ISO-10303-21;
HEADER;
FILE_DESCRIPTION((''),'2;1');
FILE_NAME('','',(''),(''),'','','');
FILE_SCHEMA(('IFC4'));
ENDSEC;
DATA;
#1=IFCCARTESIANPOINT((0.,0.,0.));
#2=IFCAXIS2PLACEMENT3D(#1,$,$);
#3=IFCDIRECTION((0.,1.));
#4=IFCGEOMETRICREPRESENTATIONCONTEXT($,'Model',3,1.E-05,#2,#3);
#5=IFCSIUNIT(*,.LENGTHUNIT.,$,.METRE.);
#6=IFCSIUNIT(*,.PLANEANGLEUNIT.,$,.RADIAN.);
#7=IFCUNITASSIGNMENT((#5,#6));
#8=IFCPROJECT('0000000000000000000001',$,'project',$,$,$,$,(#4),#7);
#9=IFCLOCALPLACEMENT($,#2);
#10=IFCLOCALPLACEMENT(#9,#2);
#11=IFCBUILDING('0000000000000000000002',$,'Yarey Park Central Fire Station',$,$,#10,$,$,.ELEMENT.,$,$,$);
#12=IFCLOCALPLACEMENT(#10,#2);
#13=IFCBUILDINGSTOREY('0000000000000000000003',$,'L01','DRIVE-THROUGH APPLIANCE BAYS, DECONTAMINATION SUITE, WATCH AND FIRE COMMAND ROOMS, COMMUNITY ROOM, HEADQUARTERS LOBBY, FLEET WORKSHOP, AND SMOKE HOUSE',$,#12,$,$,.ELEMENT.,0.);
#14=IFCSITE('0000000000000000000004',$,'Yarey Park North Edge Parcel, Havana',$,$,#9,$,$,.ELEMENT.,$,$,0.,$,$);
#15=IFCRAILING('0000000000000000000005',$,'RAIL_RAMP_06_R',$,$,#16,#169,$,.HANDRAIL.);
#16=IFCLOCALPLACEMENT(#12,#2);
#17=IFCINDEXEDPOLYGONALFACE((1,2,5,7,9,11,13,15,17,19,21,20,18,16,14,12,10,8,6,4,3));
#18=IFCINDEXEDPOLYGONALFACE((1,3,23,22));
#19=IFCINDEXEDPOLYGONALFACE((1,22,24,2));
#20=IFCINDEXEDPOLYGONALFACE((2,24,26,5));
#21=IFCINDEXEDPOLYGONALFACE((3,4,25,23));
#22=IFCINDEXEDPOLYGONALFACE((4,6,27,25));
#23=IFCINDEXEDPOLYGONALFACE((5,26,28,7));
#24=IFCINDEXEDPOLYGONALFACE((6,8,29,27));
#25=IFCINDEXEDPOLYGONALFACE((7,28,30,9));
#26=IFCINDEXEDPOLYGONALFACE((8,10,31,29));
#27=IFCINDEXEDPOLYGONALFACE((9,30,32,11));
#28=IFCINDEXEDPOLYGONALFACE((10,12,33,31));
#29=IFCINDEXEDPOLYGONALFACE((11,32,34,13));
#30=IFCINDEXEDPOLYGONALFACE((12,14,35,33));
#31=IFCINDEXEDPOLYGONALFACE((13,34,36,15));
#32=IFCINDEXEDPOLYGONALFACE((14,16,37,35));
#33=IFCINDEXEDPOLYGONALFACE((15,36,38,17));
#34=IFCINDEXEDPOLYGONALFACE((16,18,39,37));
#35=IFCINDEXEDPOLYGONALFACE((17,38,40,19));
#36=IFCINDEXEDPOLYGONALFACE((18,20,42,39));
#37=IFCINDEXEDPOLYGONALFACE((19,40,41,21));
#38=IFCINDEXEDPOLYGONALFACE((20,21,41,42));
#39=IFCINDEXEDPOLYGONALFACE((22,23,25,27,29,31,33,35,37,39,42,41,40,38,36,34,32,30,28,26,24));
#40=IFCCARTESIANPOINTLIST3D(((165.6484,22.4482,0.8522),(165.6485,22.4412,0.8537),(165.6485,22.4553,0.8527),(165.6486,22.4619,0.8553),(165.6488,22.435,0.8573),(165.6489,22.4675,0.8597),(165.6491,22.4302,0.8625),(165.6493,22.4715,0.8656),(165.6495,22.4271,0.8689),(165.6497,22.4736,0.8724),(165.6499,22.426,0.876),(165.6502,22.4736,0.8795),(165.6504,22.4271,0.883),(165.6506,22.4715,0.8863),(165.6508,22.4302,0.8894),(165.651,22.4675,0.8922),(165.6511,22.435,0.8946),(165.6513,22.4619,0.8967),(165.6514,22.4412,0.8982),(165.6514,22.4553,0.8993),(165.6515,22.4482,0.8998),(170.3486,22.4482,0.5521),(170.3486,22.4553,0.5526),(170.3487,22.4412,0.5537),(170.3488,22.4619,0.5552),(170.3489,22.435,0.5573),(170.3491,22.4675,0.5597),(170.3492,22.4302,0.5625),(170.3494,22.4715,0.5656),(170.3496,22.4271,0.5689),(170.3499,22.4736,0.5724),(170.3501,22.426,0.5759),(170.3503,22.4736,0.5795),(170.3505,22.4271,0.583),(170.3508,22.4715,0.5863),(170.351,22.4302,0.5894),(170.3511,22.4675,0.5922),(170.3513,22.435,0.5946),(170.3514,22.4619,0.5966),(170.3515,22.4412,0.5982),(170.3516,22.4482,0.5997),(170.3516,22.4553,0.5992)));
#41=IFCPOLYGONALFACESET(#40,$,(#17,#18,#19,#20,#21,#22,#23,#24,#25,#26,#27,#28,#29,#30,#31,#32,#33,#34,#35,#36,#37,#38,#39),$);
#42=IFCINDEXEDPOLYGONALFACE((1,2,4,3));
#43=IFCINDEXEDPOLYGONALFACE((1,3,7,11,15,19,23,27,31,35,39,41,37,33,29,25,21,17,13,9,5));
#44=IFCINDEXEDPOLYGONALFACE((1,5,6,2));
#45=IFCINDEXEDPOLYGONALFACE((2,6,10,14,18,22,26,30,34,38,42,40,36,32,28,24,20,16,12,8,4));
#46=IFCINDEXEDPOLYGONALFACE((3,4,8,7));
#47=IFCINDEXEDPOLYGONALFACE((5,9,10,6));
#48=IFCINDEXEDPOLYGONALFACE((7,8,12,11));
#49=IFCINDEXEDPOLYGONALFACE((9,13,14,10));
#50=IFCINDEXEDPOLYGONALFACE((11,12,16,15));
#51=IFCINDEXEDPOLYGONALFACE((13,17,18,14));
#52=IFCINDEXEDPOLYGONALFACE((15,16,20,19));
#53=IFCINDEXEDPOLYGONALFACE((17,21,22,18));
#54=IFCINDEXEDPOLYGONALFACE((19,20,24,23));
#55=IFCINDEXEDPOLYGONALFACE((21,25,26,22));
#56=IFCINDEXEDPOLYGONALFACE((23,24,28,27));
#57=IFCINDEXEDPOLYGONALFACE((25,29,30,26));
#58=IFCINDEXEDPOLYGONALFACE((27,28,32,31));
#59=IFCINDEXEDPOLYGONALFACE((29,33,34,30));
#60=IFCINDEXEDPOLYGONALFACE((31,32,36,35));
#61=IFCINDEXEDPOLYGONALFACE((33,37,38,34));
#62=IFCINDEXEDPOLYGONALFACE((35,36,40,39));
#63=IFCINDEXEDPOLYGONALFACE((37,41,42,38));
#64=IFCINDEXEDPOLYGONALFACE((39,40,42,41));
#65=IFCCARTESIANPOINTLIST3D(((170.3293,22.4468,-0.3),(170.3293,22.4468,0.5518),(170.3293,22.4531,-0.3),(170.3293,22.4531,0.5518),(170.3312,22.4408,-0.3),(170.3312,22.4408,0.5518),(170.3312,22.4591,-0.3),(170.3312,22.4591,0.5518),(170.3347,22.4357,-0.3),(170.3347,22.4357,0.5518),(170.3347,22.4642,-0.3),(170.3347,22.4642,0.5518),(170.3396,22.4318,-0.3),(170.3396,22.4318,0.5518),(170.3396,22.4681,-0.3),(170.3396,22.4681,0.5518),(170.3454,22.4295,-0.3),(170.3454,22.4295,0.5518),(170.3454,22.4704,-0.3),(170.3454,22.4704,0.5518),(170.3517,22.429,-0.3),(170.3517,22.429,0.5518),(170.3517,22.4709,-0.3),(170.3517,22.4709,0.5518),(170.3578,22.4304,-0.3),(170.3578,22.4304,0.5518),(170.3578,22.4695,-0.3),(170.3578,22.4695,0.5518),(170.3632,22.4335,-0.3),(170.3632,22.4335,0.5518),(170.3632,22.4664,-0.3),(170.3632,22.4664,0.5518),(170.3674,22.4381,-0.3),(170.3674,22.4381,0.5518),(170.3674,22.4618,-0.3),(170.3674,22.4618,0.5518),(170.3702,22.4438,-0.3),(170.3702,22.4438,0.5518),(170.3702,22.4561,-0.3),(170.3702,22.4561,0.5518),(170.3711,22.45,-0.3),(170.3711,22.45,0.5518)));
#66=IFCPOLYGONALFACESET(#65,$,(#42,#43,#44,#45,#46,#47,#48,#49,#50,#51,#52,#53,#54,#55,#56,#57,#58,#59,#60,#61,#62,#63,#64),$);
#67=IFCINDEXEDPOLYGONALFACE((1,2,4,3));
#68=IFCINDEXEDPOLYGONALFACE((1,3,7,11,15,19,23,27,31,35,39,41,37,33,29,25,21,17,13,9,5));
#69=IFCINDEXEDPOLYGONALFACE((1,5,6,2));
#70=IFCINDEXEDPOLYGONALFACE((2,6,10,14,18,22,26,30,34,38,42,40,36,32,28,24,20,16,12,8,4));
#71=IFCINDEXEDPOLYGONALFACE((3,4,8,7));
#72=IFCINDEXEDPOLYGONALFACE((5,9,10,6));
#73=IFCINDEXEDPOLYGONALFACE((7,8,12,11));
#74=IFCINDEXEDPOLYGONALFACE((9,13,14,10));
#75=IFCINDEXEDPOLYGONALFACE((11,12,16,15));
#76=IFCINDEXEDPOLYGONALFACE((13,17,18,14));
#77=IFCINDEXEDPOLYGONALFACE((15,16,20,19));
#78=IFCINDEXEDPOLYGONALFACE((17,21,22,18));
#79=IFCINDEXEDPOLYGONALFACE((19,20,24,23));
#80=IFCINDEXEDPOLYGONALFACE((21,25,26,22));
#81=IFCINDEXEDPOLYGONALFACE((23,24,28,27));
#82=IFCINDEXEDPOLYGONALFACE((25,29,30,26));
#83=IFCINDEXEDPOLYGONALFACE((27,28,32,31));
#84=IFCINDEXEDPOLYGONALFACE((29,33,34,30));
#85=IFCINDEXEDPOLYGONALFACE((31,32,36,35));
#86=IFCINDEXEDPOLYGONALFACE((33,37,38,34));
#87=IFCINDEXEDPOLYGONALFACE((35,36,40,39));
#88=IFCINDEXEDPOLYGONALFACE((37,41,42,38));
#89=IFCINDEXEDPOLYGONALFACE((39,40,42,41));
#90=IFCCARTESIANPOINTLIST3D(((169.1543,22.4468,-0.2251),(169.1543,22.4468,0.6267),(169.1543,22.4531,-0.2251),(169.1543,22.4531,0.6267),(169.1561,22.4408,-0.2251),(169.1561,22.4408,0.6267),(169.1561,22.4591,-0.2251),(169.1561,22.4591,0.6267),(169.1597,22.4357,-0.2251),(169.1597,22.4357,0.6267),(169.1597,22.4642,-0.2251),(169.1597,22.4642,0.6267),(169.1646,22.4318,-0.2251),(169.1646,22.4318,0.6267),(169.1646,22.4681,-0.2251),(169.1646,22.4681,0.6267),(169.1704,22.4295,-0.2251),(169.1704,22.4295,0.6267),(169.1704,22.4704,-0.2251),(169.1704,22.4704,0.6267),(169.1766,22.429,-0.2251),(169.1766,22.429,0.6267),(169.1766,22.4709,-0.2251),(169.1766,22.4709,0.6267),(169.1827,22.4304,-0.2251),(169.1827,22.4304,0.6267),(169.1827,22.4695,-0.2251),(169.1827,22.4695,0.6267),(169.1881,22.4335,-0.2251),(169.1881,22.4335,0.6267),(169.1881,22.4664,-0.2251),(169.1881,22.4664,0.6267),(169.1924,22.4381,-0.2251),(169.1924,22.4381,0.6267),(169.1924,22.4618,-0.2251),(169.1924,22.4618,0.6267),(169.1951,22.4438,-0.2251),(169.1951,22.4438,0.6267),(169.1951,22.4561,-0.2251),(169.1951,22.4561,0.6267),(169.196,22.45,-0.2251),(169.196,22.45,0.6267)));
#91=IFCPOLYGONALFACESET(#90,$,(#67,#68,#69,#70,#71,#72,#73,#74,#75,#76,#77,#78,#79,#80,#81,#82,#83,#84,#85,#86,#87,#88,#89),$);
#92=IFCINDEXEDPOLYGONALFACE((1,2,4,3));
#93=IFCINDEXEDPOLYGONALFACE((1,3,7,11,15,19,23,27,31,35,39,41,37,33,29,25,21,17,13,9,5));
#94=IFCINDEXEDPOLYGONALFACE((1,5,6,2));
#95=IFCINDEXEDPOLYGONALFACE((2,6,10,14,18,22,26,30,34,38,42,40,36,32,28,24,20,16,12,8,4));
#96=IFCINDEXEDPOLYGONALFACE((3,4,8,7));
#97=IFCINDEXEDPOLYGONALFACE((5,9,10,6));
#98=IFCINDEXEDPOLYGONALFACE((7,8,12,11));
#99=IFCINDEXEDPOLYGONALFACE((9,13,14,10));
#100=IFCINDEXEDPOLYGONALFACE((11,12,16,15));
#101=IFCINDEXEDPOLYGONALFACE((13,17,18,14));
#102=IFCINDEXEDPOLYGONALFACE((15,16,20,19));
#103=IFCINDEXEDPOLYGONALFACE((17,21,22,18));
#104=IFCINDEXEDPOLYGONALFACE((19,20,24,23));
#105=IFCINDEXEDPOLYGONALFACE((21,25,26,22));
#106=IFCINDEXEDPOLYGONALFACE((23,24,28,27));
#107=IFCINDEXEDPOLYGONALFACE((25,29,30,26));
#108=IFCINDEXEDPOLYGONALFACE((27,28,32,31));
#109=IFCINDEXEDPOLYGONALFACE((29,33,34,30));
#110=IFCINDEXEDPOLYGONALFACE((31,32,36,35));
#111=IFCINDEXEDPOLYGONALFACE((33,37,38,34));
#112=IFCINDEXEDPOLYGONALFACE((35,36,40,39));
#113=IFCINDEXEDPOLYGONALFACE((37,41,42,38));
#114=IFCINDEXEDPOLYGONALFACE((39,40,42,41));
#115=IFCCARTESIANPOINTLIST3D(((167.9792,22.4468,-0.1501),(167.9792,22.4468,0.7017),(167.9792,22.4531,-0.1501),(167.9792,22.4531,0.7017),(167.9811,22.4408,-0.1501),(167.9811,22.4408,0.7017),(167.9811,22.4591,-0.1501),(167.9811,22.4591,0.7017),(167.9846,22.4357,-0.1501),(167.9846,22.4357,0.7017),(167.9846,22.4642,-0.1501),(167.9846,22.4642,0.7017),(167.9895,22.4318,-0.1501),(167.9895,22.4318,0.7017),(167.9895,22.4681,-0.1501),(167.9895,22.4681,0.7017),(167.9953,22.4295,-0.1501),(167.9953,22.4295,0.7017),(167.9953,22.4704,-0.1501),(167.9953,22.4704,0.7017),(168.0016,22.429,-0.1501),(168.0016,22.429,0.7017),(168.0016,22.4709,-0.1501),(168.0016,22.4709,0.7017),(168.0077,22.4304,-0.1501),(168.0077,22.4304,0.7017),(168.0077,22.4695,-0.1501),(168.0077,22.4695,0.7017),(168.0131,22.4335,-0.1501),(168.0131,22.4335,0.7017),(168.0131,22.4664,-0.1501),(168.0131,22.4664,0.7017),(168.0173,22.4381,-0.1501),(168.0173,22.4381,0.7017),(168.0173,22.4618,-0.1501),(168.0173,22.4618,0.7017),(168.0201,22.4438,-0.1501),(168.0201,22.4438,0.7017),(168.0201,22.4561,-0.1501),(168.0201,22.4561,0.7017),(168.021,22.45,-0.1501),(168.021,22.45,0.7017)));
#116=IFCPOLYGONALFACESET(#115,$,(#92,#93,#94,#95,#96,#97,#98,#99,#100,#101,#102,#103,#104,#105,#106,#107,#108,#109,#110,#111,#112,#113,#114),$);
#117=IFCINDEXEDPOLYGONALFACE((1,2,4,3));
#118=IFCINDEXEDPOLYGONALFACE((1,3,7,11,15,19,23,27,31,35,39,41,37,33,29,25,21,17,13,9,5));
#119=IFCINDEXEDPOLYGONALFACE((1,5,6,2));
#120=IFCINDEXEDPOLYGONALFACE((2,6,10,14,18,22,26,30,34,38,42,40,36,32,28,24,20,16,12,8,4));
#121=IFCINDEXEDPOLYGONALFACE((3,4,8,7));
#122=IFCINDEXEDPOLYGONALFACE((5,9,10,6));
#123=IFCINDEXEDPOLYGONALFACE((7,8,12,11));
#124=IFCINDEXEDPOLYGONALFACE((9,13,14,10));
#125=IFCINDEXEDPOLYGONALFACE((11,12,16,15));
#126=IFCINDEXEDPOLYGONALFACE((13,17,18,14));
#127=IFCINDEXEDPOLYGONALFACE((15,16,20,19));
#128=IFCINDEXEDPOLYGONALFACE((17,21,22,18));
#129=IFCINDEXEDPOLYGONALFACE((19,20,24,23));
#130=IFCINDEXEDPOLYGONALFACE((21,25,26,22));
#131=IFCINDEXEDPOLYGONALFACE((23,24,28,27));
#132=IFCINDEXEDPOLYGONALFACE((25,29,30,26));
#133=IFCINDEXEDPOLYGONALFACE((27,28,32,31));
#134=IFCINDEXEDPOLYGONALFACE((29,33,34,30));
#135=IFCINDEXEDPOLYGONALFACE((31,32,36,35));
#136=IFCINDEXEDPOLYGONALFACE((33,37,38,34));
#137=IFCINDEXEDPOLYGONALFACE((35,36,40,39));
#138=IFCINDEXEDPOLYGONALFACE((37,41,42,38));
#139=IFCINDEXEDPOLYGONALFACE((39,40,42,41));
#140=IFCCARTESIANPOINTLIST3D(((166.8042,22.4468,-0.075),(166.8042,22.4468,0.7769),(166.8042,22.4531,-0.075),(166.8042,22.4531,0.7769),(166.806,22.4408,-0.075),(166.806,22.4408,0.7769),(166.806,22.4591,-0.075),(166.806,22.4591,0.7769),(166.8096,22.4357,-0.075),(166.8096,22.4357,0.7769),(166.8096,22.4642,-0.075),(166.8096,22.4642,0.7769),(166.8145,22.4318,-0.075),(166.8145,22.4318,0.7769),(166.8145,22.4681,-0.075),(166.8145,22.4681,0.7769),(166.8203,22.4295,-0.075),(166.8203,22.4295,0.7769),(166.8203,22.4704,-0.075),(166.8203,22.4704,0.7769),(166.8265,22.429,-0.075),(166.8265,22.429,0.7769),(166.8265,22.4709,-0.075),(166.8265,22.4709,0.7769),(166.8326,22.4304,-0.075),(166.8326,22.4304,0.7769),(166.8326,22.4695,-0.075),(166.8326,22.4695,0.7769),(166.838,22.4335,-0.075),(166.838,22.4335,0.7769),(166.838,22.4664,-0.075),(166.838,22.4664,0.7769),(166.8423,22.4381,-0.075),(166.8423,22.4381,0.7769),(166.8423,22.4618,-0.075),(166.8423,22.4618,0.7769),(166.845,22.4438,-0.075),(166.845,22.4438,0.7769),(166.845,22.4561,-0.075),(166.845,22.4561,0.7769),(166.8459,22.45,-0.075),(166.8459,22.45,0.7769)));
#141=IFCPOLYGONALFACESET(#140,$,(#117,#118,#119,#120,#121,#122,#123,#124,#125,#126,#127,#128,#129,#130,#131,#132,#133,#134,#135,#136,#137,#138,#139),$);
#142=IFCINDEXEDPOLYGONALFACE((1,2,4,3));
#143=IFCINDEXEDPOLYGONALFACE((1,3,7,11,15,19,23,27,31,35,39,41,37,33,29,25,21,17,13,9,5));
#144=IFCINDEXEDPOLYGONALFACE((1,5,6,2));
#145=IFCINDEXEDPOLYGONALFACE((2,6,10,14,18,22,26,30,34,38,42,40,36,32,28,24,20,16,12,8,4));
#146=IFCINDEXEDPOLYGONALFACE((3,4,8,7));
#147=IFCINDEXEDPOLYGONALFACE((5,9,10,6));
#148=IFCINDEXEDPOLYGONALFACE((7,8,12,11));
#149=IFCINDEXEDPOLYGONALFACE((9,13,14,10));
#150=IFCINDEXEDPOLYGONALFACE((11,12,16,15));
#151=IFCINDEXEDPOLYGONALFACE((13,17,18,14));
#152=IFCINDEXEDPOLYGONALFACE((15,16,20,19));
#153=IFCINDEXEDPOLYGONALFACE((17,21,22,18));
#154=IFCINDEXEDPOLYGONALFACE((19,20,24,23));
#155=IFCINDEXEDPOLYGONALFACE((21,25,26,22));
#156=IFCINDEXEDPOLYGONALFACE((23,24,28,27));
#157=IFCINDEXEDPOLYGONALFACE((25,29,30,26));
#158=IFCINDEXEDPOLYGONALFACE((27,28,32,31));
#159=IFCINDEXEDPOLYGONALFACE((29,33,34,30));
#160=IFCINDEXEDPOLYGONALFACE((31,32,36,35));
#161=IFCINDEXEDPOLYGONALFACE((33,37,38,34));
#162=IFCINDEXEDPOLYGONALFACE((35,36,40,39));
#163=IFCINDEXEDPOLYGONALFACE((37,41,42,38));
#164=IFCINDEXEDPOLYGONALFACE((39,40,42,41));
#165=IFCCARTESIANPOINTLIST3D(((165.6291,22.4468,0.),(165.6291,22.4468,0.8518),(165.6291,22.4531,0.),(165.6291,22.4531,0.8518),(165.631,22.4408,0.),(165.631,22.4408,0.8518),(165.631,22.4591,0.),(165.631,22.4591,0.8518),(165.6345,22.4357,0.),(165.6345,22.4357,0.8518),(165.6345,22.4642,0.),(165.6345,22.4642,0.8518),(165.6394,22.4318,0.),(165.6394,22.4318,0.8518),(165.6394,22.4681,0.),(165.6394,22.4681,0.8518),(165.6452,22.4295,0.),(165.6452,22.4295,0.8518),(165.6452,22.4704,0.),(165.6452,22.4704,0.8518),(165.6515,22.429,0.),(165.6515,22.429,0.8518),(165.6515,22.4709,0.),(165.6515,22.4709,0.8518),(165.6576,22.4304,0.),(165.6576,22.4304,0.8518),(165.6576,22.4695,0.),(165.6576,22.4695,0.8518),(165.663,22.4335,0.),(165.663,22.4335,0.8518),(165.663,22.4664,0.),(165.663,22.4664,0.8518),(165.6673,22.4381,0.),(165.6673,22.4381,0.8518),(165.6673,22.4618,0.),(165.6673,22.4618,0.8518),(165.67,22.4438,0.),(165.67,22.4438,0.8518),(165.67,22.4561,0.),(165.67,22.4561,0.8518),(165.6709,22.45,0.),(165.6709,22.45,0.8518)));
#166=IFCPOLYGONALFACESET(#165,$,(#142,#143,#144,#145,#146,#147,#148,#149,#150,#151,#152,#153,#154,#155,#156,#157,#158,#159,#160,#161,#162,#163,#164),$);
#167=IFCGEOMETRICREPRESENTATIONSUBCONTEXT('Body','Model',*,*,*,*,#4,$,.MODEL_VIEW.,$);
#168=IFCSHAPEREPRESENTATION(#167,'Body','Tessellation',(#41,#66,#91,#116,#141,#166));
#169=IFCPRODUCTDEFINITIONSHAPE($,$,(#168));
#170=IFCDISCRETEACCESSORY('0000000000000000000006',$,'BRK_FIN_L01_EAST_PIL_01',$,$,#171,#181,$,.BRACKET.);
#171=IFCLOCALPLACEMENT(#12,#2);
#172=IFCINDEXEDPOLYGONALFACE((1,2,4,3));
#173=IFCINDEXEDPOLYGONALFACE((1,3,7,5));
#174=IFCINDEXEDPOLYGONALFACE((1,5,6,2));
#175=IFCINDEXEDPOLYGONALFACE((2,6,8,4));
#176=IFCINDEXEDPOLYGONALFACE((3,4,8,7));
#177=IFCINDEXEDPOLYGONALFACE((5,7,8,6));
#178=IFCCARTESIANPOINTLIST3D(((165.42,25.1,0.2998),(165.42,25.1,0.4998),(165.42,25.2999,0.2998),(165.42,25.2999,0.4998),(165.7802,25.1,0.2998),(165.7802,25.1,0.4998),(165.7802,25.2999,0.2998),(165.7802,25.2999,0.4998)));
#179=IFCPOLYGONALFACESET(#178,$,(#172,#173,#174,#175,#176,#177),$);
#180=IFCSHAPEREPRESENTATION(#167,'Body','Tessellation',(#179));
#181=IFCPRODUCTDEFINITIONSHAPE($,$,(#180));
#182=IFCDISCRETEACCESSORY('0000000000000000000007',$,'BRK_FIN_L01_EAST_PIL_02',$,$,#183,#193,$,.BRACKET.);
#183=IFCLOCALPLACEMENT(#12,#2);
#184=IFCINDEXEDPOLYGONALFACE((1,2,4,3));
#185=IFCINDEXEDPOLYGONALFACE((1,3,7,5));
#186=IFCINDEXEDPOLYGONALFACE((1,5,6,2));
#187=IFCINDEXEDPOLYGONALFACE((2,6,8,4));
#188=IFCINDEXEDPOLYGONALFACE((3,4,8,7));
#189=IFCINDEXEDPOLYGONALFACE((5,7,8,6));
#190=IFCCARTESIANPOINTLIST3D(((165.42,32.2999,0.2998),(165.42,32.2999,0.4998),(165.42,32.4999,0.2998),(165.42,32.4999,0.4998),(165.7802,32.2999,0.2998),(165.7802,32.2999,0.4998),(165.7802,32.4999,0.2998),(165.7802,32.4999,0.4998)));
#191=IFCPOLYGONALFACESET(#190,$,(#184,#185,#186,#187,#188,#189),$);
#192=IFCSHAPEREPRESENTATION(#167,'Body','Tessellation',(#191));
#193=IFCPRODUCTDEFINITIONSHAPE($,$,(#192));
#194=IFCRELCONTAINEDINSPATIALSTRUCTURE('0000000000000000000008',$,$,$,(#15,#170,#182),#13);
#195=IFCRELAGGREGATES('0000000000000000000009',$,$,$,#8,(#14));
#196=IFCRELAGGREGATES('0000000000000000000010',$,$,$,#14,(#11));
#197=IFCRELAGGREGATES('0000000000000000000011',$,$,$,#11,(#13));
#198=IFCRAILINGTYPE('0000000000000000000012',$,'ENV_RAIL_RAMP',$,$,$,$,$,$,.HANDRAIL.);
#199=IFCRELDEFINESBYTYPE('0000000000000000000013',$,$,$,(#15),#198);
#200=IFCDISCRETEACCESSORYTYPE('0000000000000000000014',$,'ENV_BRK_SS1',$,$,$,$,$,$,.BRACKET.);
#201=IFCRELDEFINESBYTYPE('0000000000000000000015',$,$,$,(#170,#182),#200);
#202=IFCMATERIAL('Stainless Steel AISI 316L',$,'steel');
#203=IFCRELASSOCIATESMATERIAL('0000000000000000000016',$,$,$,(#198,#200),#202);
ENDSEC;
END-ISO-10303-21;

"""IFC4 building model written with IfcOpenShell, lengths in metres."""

from ifc_helpers import new_model, si_unit, direction, frame, origin, origin_2d, place, context, subcontext, project, spatial, rectangle, circle, extrude, material, type_object, element, save


model = new_model("IFC4")

# Units and contexts
model_context = context("Model", 3, precision=1e-05, world=origin(), true_north=direction((0.0, 1.0)))
body_context = subcontext(model_context, "Body", "Model", "MODEL_VIEW")
ifc_project = project(units=[si_unit("LENGTHUNIT", "METRE"), si_unit("PLANEANGLEUNIT", "RADIAN")], contexts=[model_context])

# Site, building, storey
site_placement = place(None, origin())
site = spatial("IfcSite", under=ifc_project, at=site_placement, Name="Yarey Park North Edge Parcel, Havana", CompositionType="ELEMENT", RefElevation=0.0)
building_placement = place(site_placement, origin())
building = spatial("IfcBuilding", under=site, at=building_placement, Name="Yarey Park Central Fire Station", CompositionType="ELEMENT")
storey_placement = place(building_placement, origin())
storey = spatial("IfcBuildingStorey", under=building, at=storey_placement, Name="L01", Description="DRIVE-THROUGH APPLIANCE BAYS, DECONTAMINATION SUITE, WATCH AND FIRE COMMAND ROOMS, COMMUNITY ROOM, HEADQUARTERS LOBBY, FLEET WORKSHOP, AND SMOKE HOUSE", CompositionType="ELEMENT", Elevation=0.0)

# Railing
ifc_material_1 = material(Name="Stainless Steel AISI 316L", Category="steel")
railing_type = type_object("IfcRailingType", Name="ENV_RAIL_RAMP", PredefinedType="HANDRAIL", material=ifc_material_1)
railing_placement = place(storey_placement, frame((170.3501, 22.45, -0.3)))
element("IfcRailing", 1, at=railing_placement, inside=storey, type_object=railing_type, Name="RAIL_RAMP_06_R", PredefinedType="HANDRAIL", context=body_context, shape_type="SweptSolid", body=[
    extrude(circle(Radius=0.0239, at=origin_2d()), frame((0.0, 0.0, 0.876), z_axis=(-0.997969, 0.0, 0.063708), x_axis=(0.0, -1.0, 0.0)), (0.0, 0.0, 1.0), 4.7097),
    extrude(circle(Radius=0.021, at=origin_2d()), origin(), (0.0, 0.0, 1.0), 0.8518),
    extrude(circle(Radius=0.021, at=origin_2d()), frame((-1.175, 0.0, 0.075)), (0.0, 0.0, 1.0), 0.8518),
    extrude(circle(Radius=0.021, at=origin_2d()), frame((-2.3501, 0.0, 0.1499)), (0.0, 0.0, 1.0), 0.8518),
    extrude(circle(Radius=0.021, at=origin_2d()), frame((-3.5251, 0.0, 0.2251)), (0.0, 0.0, 1.0), 0.8518),
    extrude(circle(Radius=0.021, at=origin_2d()), frame((-4.7002, 0.0, 0.3)), (0.0, 0.0, 1.0), 0.8518),
])

# Discrete accessories
discrete_accessory_type = type_object("IfcDiscreteAccessoryType", Name="ENV_BRK_SS1", PredefinedType="BRACKET", material=ifc_material_1)
for number, where, z_axis, x_axis, name in (
    (2, (165.6001, 25.2, 0.2998), (0.0, 0.0, 1.0), (1.0, 0.0, 0.0), "BRK_FIN_L01_EAST_PIL_01"),
    (3, (165.6001, 32.3999, 0.2998), (0.0, 0.0, 1.0), (1.0, 0.0, 0.0), "BRK_FIN_L01_EAST_PIL_02"),
):
    element("IfcDiscreteAccessory", number, at=place(storey_placement, frame(where, z_axis=z_axis, x_axis=x_axis)), inside=storey, type_object=discrete_accessory_type, Name=name, PredefinedType="BRACKET", context=body_context, shape_type="SweptSolid", body=[
        extrude(rectangle(XDim=0.3601, YDim=0.2, at=origin_2d()), origin(), (0.0, 0.0, 1.0), 0.2),
    ])

save(model, "model.ifc")
